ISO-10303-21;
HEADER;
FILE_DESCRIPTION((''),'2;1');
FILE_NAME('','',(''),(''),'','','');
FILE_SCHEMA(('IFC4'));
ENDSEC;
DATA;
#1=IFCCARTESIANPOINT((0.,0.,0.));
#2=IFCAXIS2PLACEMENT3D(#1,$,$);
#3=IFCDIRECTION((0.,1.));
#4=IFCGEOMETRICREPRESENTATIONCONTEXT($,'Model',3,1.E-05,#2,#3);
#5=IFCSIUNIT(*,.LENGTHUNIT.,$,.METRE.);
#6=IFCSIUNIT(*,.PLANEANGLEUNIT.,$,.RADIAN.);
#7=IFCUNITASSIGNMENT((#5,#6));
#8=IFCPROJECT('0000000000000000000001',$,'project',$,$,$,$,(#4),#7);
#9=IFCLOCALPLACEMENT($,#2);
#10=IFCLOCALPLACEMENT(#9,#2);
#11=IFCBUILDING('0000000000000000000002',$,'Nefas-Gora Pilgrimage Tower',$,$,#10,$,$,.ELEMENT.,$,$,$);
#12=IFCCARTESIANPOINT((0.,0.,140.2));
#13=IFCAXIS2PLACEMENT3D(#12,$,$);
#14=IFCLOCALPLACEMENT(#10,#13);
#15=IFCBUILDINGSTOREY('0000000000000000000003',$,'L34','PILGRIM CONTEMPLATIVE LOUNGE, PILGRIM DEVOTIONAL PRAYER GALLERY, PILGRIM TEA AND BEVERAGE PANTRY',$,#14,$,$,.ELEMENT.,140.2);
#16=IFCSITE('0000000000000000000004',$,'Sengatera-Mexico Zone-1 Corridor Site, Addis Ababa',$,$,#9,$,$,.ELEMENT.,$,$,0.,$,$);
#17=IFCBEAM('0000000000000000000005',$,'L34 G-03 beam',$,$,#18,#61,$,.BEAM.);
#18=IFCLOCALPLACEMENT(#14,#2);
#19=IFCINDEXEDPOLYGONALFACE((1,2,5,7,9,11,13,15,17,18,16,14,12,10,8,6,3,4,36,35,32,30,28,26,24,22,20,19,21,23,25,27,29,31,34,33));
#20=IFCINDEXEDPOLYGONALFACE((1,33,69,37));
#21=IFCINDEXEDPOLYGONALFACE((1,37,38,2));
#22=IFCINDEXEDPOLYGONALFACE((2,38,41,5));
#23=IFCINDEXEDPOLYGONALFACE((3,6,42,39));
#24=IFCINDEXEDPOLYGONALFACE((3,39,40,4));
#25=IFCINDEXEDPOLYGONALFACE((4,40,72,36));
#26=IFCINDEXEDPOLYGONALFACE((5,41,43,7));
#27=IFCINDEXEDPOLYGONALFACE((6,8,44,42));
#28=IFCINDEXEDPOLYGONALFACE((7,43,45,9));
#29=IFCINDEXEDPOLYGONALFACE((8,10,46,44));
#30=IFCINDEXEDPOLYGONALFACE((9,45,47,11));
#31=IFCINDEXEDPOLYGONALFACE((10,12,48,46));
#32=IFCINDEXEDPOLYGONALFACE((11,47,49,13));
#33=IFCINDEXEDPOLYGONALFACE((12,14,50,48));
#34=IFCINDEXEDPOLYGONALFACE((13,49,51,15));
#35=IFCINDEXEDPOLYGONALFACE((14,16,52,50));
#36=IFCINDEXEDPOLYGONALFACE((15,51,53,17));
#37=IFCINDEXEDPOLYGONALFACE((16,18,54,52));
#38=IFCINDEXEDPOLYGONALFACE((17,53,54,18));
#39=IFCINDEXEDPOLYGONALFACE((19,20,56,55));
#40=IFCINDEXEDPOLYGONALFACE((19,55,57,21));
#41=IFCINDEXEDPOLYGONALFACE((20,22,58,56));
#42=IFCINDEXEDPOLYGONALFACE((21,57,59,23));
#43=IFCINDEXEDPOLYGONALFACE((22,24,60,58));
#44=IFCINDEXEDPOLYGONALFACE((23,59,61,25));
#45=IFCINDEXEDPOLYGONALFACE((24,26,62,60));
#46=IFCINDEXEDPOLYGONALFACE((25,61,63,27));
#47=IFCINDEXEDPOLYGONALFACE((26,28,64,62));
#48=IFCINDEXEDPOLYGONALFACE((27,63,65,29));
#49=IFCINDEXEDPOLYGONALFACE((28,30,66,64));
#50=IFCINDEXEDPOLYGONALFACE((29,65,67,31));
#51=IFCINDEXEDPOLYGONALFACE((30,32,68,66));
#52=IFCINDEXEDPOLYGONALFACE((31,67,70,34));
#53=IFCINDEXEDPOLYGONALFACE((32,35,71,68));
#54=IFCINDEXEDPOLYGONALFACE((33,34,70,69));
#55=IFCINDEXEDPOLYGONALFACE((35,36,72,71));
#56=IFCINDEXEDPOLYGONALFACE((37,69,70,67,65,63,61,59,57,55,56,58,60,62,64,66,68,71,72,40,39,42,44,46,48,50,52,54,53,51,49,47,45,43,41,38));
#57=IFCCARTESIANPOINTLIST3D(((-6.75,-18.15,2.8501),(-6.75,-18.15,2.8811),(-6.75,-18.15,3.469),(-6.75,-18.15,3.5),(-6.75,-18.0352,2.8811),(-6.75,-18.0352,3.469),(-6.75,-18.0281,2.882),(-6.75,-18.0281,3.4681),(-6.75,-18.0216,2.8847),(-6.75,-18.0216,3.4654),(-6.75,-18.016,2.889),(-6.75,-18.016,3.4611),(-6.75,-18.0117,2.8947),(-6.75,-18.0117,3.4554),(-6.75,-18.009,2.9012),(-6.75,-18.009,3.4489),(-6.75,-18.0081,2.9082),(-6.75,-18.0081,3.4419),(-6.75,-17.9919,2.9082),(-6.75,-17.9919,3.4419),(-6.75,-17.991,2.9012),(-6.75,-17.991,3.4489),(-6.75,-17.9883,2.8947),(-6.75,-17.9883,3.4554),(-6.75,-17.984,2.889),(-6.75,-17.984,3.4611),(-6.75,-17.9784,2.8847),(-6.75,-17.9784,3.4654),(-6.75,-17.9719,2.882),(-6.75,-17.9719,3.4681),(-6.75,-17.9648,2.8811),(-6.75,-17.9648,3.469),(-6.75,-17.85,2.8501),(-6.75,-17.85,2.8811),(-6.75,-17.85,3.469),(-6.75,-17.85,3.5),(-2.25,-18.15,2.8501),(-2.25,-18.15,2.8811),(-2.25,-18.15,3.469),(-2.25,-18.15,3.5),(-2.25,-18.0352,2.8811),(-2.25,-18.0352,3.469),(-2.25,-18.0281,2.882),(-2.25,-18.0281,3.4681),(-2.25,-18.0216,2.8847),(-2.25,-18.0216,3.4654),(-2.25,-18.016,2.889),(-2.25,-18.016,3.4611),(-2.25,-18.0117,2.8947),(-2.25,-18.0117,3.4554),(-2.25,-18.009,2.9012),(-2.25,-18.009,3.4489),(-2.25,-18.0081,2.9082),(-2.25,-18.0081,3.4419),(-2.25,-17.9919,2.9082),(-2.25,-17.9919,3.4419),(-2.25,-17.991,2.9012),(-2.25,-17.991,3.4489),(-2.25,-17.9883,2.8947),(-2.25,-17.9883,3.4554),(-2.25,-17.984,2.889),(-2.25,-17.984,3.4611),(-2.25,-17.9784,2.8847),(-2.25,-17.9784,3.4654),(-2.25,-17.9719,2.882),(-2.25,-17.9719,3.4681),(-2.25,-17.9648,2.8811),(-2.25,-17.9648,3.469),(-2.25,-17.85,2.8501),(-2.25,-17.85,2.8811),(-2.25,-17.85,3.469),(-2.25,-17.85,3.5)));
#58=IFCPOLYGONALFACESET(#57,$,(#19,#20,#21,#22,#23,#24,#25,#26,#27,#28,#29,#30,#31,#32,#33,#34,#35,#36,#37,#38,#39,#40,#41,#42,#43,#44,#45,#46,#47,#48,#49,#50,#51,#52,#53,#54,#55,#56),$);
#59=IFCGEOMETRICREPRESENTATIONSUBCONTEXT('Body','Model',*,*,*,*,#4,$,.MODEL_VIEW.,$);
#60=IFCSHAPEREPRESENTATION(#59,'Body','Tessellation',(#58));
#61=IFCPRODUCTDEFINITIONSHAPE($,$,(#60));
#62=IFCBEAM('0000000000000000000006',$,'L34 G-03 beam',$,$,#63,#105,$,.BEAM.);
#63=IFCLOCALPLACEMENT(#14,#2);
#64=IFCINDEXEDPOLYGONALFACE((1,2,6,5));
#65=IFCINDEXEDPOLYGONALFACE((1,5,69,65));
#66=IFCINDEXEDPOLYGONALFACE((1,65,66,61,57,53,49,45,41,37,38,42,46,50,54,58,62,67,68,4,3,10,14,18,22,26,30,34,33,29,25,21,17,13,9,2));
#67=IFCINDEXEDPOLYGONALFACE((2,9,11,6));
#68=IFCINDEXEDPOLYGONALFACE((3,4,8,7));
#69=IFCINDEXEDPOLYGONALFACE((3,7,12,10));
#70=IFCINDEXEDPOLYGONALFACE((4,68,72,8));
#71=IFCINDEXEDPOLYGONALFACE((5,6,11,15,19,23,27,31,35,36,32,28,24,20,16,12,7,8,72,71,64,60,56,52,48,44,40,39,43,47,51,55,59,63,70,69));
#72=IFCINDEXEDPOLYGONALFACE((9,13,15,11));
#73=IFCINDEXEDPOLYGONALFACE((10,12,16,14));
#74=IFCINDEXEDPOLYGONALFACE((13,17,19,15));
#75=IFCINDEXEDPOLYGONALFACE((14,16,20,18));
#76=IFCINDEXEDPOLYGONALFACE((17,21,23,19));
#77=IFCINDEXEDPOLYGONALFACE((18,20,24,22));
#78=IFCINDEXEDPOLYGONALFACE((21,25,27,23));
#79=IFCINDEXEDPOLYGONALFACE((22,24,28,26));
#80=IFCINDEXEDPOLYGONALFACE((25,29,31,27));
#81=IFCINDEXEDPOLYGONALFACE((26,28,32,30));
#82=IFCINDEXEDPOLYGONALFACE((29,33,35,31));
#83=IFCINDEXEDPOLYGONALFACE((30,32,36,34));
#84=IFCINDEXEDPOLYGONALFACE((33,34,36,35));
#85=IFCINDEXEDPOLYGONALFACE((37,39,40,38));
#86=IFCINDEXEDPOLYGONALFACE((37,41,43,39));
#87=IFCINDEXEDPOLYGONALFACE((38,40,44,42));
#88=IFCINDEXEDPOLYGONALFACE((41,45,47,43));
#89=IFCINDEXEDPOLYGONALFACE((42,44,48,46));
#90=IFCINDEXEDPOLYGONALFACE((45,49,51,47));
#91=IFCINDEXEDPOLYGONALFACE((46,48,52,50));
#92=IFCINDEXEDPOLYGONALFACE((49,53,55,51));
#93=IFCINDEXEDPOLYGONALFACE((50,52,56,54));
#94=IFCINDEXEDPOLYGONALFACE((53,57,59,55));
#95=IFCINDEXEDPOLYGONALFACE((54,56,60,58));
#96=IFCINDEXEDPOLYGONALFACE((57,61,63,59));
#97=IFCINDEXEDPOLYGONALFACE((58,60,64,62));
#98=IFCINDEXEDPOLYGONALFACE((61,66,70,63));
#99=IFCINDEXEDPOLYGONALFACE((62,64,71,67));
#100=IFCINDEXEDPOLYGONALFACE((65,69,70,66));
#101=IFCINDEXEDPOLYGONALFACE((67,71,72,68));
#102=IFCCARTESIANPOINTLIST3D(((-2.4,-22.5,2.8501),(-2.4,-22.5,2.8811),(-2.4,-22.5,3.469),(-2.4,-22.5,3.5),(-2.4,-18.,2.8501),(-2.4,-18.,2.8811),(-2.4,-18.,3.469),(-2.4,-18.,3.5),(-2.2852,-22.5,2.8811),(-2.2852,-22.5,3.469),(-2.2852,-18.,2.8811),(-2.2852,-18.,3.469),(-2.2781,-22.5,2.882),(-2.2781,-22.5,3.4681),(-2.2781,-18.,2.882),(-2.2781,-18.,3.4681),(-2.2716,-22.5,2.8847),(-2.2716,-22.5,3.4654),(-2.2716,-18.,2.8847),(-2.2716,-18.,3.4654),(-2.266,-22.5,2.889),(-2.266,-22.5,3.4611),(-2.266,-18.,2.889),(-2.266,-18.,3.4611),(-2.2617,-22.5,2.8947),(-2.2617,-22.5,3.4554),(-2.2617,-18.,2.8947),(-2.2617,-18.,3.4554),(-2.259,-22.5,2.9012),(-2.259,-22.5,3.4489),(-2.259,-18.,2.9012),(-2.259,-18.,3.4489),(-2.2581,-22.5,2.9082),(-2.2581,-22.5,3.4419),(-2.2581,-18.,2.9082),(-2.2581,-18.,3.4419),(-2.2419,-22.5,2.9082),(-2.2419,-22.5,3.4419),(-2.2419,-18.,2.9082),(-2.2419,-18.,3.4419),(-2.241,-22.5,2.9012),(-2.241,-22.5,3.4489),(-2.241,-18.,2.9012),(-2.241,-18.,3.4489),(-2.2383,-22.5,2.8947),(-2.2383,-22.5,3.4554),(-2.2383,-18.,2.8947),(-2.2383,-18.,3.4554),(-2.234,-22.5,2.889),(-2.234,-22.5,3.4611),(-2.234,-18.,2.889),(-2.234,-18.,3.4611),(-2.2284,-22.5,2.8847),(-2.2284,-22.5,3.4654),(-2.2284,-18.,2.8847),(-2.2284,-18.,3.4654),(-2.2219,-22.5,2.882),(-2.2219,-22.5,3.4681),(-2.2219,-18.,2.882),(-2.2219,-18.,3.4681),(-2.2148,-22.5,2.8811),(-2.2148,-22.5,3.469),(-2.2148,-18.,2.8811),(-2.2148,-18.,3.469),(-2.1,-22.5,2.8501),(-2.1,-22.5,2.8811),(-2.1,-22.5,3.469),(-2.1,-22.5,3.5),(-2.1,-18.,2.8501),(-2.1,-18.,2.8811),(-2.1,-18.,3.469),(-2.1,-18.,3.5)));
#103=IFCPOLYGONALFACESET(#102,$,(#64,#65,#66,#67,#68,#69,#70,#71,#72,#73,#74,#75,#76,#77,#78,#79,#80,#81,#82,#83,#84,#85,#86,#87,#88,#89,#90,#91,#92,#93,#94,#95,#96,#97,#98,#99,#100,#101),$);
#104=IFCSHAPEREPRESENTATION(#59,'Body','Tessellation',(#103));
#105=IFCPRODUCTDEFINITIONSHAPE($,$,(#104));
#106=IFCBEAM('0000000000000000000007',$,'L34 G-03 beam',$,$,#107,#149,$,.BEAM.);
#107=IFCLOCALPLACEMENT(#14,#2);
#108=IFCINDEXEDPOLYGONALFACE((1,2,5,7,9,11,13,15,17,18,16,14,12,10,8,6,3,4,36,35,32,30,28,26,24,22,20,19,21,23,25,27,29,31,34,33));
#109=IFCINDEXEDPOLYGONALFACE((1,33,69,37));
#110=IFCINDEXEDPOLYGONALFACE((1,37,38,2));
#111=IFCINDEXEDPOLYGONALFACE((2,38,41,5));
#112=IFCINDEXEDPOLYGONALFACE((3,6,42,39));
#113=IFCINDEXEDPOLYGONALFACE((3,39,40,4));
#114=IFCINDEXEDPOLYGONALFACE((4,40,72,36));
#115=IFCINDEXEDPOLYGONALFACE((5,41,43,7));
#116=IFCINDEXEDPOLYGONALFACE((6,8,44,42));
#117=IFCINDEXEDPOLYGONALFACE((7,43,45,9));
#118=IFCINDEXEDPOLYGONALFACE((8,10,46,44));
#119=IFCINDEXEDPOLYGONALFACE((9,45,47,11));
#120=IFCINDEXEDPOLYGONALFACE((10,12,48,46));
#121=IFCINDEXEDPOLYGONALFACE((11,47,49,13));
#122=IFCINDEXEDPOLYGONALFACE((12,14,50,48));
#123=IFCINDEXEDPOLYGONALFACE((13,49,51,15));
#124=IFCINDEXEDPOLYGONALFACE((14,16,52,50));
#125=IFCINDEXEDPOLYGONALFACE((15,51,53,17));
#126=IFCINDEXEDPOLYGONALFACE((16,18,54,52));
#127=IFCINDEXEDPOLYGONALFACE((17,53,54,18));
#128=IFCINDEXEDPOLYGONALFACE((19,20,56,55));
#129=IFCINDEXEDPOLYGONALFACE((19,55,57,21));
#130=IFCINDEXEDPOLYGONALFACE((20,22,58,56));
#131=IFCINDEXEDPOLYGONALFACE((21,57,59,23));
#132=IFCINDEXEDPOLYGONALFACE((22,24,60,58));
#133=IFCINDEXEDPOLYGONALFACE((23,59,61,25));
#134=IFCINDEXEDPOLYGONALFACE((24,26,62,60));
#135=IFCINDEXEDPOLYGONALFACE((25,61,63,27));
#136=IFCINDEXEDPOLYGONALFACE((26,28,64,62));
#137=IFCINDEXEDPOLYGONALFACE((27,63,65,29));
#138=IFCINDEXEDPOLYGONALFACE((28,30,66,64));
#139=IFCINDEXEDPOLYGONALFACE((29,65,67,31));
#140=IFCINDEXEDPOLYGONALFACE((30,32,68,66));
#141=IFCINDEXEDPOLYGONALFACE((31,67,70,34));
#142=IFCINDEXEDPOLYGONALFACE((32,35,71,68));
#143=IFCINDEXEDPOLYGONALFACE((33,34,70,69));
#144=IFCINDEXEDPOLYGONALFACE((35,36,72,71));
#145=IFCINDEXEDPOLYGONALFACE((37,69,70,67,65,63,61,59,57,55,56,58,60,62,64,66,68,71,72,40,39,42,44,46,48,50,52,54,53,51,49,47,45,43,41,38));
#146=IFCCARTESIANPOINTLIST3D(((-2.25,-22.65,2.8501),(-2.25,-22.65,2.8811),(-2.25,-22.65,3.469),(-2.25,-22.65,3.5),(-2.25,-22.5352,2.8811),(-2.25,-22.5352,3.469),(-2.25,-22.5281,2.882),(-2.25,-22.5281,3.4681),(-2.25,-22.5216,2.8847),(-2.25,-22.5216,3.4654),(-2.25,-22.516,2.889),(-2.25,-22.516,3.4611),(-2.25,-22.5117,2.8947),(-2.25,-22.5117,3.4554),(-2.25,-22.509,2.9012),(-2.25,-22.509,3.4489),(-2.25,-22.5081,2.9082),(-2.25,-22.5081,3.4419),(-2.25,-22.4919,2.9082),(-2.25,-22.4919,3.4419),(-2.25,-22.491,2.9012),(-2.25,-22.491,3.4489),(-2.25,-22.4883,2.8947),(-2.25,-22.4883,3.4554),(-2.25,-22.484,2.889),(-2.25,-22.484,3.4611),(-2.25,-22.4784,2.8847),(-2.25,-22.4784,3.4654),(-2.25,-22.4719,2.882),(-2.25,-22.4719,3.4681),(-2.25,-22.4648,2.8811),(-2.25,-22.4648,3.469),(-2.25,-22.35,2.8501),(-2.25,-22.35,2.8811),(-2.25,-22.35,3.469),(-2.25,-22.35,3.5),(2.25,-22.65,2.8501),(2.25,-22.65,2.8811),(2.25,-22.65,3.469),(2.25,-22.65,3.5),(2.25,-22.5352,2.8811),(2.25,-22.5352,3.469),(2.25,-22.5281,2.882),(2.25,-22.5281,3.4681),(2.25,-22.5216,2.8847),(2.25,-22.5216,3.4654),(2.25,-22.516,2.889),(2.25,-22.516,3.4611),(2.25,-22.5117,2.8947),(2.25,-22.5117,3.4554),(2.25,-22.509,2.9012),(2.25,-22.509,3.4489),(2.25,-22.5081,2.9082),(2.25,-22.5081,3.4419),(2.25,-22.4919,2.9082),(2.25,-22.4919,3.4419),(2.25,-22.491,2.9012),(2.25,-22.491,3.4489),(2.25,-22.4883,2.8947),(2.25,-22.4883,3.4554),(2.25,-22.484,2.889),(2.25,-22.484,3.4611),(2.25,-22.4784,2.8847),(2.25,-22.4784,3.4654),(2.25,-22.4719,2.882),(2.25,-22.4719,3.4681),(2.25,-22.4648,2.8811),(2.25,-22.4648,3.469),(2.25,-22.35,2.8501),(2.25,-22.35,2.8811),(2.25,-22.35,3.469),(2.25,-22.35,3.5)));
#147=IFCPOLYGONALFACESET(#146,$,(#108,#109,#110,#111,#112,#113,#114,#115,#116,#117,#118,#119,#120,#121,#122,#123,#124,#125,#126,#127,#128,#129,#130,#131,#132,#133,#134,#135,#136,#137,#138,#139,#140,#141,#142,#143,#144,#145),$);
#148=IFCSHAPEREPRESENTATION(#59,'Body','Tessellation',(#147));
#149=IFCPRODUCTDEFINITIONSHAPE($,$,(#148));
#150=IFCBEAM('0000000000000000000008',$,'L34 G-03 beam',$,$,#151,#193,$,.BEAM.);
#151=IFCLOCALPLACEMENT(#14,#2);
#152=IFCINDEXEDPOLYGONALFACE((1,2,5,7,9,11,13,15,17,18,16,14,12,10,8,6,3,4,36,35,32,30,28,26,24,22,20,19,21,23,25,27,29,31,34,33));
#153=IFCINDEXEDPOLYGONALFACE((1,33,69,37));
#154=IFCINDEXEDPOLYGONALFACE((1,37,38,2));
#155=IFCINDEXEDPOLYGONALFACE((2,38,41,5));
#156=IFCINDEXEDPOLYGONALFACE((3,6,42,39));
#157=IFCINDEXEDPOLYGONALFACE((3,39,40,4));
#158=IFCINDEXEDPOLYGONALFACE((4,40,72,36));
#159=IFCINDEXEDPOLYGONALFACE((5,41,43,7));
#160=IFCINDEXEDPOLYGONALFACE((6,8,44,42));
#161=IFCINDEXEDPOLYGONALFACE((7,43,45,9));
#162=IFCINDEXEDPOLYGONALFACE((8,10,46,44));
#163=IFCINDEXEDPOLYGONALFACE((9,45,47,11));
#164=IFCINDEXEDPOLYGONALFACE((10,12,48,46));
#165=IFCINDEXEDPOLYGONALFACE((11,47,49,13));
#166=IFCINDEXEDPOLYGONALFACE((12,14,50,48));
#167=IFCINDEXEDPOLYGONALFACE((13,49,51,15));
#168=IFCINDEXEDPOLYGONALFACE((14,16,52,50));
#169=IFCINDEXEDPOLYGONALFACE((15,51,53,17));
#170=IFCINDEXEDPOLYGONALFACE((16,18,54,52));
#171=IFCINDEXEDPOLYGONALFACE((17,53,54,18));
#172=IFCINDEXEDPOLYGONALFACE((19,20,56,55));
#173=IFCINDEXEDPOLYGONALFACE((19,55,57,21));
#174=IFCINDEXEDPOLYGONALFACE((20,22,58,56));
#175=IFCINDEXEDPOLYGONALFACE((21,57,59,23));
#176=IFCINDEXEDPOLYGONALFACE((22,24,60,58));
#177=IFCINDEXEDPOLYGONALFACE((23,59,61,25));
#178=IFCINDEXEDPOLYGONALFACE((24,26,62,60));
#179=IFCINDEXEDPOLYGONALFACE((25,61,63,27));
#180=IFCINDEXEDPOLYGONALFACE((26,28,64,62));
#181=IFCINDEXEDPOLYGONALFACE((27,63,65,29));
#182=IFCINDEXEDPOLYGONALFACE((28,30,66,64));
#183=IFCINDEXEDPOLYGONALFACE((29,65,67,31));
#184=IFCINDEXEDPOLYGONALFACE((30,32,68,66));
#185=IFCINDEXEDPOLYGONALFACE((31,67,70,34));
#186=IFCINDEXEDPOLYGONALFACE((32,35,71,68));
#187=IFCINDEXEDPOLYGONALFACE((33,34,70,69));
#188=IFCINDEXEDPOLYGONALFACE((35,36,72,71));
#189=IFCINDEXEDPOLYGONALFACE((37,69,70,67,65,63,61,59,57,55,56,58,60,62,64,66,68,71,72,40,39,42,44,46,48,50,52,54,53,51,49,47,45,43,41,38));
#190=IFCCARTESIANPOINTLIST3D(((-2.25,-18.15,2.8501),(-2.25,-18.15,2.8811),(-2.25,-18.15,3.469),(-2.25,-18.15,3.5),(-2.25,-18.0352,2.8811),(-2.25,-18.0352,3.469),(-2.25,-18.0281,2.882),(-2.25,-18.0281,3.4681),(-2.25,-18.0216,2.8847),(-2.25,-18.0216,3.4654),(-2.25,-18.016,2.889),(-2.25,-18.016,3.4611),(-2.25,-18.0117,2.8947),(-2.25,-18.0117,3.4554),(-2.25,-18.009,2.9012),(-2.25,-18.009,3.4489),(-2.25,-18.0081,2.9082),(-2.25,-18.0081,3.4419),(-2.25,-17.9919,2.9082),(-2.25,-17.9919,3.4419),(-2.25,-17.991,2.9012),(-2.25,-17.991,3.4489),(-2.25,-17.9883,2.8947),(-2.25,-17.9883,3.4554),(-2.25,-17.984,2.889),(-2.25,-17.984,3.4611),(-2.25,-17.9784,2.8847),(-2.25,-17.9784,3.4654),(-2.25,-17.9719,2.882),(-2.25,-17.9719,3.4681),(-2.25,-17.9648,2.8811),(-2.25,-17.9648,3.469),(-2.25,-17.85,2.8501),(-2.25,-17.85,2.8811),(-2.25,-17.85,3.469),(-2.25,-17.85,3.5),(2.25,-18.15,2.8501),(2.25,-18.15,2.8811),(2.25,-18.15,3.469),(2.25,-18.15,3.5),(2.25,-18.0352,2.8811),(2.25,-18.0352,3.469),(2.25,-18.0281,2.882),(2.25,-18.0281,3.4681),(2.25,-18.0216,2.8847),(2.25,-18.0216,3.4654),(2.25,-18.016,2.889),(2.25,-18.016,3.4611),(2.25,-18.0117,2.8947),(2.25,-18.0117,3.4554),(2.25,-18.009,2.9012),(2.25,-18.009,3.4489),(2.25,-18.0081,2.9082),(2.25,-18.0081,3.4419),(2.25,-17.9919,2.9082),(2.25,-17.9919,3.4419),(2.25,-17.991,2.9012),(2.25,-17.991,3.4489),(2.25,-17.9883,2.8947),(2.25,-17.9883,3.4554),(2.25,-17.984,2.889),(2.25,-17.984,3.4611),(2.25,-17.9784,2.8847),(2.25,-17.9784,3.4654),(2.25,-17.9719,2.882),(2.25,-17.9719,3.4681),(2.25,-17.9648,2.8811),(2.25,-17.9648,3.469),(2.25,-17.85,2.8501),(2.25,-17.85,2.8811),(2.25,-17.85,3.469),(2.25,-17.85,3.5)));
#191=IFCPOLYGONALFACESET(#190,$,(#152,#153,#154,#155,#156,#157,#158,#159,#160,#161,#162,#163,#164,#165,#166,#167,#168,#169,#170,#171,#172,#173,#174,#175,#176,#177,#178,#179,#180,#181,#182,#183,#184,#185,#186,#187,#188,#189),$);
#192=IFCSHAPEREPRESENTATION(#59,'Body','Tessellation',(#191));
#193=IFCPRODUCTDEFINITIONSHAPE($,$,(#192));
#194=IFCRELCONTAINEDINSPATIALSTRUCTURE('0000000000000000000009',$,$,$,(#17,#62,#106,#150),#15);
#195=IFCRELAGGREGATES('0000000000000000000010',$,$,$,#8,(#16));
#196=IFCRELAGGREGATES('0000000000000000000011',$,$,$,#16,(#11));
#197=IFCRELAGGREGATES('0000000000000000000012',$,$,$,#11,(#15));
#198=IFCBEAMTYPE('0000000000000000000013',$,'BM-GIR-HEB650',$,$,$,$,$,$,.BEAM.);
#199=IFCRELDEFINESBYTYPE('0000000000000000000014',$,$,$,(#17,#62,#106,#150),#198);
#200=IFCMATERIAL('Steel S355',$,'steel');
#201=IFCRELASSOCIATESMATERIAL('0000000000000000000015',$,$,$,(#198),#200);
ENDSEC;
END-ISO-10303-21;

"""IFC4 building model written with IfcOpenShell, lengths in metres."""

from ifc_helpers import new_model, si_unit, direction, frame, origin, origin_2d, place, context, subcontext, project, spatial, i_section, extrude, source, transform, mapped, material, material_profile, profile_set, type_object, element, save


model = new_model("IFC4")

# Units and contexts
model_context = context("Model", 3, precision=1e-05, world=origin(), true_north=direction((0.0, 1.0)))
body_context = subcontext(model_context, "Body", "Model", "MODEL_VIEW")
ifc_project = project(units=[si_unit("LENGTHUNIT", "METRE"), si_unit("PLANEANGLEUNIT", "RADIAN")], contexts=[model_context])

# Site, building, storey
site_placement = place(None, origin())
site = spatial("IfcSite", under=ifc_project, at=site_placement, Name="Sengatera-Mexico Zone-1 Corridor Site, Addis Ababa", CompositionType="ELEMENT", RefElevation=0.0)
building_placement = place(site_placement, origin())
building = spatial("IfcBuilding", under=site, at=building_placement, Name="Nefas-Gora Pilgrimage Tower", CompositionType="ELEMENT")
storey_placement = place(building_placement, frame((0.0, 0.0, 140.2)))
storey = spatial("IfcBuildingStorey", under=building, at=storey_placement, Name="L34", Description="PILGRIM CONTEMPLATIVE LOUNGE, PILGRIM DEVOTIONAL PRAYER GALLERY, PILGRIM TEA AND BEVERAGE PANTRY", CompositionType="ELEMENT", Elevation=140.2)

# Beams
ifc_material_1 = material(Name="Steel S355", Category="steel")
ifc_material_profile_1 = material_profile(ifc_material_1, i_section(OverallWidth=0.3, OverallDepth=0.6499, WebThickness=0.0161, FlangeThickness=0.031, FilletRadius=0.0271, at=origin_2d()), Name="HEB 650")
ifc_profile_set_1 = profile_set([ifc_material_profile_1], Name="Steel S355")
beam_type = type_object("IfcBeamType", Name="BM-GIR-HEB650", PredefinedType="BEAM", material=ifc_profile_set_1)
shared_shape_1 = source(origin(), body_context, "Body", "SweptSolid", [
    extrude(i_section(OverallWidth=0.3, OverallDepth=0.6499, WebThickness=0.0161, FlangeThickness=0.031, FilletRadius=0.0271, at=origin_2d()), origin(), (0.0, 0.0, 1.0), 4.5),
])
for number, where, z_axis, x_axis, name in (
    (1, (-6.75, -18.0, 3.175), (1.0, 0.0, 0.0), (0.0, 1.0, 0.0), "L34 G-03 beam"),
    (2, (-2.25, -22.5, 3.175), (0.0, 1.0, 0.0), (-1.0, 0.0, 0.0), "L34 G-03 beam"),
    (3, (-2.25, -22.5, 3.175), (1.0, 0.0, 0.0), (0.0, 1.0, 0.0), "L34 G-03 beam"),
    (4, (-2.25, -18.0, 3.175), (1.0, 0.0, 0.0), (0.0, 1.0, 0.0), "L34 G-03 beam"),
):
    element("IfcBeam", number, at=place(storey_placement, frame(where, z_axis=z_axis, x_axis=x_axis)), inside=storey, type_object=beam_type, Name=name, PredefinedType="BEAM", context=body_context, shape_type="MappedRepresentation", body=[
        mapped(shared_shape_1, transform((0.0, 0.0, 0.0), x_axis=(1.0, 0.0, 0.0), y_axis=(0.0, 1.0, 0.0), z_axis=(0.0, 0.0, 1.0), scale=1.0)),
    ])

save(model, "model.ifc")
